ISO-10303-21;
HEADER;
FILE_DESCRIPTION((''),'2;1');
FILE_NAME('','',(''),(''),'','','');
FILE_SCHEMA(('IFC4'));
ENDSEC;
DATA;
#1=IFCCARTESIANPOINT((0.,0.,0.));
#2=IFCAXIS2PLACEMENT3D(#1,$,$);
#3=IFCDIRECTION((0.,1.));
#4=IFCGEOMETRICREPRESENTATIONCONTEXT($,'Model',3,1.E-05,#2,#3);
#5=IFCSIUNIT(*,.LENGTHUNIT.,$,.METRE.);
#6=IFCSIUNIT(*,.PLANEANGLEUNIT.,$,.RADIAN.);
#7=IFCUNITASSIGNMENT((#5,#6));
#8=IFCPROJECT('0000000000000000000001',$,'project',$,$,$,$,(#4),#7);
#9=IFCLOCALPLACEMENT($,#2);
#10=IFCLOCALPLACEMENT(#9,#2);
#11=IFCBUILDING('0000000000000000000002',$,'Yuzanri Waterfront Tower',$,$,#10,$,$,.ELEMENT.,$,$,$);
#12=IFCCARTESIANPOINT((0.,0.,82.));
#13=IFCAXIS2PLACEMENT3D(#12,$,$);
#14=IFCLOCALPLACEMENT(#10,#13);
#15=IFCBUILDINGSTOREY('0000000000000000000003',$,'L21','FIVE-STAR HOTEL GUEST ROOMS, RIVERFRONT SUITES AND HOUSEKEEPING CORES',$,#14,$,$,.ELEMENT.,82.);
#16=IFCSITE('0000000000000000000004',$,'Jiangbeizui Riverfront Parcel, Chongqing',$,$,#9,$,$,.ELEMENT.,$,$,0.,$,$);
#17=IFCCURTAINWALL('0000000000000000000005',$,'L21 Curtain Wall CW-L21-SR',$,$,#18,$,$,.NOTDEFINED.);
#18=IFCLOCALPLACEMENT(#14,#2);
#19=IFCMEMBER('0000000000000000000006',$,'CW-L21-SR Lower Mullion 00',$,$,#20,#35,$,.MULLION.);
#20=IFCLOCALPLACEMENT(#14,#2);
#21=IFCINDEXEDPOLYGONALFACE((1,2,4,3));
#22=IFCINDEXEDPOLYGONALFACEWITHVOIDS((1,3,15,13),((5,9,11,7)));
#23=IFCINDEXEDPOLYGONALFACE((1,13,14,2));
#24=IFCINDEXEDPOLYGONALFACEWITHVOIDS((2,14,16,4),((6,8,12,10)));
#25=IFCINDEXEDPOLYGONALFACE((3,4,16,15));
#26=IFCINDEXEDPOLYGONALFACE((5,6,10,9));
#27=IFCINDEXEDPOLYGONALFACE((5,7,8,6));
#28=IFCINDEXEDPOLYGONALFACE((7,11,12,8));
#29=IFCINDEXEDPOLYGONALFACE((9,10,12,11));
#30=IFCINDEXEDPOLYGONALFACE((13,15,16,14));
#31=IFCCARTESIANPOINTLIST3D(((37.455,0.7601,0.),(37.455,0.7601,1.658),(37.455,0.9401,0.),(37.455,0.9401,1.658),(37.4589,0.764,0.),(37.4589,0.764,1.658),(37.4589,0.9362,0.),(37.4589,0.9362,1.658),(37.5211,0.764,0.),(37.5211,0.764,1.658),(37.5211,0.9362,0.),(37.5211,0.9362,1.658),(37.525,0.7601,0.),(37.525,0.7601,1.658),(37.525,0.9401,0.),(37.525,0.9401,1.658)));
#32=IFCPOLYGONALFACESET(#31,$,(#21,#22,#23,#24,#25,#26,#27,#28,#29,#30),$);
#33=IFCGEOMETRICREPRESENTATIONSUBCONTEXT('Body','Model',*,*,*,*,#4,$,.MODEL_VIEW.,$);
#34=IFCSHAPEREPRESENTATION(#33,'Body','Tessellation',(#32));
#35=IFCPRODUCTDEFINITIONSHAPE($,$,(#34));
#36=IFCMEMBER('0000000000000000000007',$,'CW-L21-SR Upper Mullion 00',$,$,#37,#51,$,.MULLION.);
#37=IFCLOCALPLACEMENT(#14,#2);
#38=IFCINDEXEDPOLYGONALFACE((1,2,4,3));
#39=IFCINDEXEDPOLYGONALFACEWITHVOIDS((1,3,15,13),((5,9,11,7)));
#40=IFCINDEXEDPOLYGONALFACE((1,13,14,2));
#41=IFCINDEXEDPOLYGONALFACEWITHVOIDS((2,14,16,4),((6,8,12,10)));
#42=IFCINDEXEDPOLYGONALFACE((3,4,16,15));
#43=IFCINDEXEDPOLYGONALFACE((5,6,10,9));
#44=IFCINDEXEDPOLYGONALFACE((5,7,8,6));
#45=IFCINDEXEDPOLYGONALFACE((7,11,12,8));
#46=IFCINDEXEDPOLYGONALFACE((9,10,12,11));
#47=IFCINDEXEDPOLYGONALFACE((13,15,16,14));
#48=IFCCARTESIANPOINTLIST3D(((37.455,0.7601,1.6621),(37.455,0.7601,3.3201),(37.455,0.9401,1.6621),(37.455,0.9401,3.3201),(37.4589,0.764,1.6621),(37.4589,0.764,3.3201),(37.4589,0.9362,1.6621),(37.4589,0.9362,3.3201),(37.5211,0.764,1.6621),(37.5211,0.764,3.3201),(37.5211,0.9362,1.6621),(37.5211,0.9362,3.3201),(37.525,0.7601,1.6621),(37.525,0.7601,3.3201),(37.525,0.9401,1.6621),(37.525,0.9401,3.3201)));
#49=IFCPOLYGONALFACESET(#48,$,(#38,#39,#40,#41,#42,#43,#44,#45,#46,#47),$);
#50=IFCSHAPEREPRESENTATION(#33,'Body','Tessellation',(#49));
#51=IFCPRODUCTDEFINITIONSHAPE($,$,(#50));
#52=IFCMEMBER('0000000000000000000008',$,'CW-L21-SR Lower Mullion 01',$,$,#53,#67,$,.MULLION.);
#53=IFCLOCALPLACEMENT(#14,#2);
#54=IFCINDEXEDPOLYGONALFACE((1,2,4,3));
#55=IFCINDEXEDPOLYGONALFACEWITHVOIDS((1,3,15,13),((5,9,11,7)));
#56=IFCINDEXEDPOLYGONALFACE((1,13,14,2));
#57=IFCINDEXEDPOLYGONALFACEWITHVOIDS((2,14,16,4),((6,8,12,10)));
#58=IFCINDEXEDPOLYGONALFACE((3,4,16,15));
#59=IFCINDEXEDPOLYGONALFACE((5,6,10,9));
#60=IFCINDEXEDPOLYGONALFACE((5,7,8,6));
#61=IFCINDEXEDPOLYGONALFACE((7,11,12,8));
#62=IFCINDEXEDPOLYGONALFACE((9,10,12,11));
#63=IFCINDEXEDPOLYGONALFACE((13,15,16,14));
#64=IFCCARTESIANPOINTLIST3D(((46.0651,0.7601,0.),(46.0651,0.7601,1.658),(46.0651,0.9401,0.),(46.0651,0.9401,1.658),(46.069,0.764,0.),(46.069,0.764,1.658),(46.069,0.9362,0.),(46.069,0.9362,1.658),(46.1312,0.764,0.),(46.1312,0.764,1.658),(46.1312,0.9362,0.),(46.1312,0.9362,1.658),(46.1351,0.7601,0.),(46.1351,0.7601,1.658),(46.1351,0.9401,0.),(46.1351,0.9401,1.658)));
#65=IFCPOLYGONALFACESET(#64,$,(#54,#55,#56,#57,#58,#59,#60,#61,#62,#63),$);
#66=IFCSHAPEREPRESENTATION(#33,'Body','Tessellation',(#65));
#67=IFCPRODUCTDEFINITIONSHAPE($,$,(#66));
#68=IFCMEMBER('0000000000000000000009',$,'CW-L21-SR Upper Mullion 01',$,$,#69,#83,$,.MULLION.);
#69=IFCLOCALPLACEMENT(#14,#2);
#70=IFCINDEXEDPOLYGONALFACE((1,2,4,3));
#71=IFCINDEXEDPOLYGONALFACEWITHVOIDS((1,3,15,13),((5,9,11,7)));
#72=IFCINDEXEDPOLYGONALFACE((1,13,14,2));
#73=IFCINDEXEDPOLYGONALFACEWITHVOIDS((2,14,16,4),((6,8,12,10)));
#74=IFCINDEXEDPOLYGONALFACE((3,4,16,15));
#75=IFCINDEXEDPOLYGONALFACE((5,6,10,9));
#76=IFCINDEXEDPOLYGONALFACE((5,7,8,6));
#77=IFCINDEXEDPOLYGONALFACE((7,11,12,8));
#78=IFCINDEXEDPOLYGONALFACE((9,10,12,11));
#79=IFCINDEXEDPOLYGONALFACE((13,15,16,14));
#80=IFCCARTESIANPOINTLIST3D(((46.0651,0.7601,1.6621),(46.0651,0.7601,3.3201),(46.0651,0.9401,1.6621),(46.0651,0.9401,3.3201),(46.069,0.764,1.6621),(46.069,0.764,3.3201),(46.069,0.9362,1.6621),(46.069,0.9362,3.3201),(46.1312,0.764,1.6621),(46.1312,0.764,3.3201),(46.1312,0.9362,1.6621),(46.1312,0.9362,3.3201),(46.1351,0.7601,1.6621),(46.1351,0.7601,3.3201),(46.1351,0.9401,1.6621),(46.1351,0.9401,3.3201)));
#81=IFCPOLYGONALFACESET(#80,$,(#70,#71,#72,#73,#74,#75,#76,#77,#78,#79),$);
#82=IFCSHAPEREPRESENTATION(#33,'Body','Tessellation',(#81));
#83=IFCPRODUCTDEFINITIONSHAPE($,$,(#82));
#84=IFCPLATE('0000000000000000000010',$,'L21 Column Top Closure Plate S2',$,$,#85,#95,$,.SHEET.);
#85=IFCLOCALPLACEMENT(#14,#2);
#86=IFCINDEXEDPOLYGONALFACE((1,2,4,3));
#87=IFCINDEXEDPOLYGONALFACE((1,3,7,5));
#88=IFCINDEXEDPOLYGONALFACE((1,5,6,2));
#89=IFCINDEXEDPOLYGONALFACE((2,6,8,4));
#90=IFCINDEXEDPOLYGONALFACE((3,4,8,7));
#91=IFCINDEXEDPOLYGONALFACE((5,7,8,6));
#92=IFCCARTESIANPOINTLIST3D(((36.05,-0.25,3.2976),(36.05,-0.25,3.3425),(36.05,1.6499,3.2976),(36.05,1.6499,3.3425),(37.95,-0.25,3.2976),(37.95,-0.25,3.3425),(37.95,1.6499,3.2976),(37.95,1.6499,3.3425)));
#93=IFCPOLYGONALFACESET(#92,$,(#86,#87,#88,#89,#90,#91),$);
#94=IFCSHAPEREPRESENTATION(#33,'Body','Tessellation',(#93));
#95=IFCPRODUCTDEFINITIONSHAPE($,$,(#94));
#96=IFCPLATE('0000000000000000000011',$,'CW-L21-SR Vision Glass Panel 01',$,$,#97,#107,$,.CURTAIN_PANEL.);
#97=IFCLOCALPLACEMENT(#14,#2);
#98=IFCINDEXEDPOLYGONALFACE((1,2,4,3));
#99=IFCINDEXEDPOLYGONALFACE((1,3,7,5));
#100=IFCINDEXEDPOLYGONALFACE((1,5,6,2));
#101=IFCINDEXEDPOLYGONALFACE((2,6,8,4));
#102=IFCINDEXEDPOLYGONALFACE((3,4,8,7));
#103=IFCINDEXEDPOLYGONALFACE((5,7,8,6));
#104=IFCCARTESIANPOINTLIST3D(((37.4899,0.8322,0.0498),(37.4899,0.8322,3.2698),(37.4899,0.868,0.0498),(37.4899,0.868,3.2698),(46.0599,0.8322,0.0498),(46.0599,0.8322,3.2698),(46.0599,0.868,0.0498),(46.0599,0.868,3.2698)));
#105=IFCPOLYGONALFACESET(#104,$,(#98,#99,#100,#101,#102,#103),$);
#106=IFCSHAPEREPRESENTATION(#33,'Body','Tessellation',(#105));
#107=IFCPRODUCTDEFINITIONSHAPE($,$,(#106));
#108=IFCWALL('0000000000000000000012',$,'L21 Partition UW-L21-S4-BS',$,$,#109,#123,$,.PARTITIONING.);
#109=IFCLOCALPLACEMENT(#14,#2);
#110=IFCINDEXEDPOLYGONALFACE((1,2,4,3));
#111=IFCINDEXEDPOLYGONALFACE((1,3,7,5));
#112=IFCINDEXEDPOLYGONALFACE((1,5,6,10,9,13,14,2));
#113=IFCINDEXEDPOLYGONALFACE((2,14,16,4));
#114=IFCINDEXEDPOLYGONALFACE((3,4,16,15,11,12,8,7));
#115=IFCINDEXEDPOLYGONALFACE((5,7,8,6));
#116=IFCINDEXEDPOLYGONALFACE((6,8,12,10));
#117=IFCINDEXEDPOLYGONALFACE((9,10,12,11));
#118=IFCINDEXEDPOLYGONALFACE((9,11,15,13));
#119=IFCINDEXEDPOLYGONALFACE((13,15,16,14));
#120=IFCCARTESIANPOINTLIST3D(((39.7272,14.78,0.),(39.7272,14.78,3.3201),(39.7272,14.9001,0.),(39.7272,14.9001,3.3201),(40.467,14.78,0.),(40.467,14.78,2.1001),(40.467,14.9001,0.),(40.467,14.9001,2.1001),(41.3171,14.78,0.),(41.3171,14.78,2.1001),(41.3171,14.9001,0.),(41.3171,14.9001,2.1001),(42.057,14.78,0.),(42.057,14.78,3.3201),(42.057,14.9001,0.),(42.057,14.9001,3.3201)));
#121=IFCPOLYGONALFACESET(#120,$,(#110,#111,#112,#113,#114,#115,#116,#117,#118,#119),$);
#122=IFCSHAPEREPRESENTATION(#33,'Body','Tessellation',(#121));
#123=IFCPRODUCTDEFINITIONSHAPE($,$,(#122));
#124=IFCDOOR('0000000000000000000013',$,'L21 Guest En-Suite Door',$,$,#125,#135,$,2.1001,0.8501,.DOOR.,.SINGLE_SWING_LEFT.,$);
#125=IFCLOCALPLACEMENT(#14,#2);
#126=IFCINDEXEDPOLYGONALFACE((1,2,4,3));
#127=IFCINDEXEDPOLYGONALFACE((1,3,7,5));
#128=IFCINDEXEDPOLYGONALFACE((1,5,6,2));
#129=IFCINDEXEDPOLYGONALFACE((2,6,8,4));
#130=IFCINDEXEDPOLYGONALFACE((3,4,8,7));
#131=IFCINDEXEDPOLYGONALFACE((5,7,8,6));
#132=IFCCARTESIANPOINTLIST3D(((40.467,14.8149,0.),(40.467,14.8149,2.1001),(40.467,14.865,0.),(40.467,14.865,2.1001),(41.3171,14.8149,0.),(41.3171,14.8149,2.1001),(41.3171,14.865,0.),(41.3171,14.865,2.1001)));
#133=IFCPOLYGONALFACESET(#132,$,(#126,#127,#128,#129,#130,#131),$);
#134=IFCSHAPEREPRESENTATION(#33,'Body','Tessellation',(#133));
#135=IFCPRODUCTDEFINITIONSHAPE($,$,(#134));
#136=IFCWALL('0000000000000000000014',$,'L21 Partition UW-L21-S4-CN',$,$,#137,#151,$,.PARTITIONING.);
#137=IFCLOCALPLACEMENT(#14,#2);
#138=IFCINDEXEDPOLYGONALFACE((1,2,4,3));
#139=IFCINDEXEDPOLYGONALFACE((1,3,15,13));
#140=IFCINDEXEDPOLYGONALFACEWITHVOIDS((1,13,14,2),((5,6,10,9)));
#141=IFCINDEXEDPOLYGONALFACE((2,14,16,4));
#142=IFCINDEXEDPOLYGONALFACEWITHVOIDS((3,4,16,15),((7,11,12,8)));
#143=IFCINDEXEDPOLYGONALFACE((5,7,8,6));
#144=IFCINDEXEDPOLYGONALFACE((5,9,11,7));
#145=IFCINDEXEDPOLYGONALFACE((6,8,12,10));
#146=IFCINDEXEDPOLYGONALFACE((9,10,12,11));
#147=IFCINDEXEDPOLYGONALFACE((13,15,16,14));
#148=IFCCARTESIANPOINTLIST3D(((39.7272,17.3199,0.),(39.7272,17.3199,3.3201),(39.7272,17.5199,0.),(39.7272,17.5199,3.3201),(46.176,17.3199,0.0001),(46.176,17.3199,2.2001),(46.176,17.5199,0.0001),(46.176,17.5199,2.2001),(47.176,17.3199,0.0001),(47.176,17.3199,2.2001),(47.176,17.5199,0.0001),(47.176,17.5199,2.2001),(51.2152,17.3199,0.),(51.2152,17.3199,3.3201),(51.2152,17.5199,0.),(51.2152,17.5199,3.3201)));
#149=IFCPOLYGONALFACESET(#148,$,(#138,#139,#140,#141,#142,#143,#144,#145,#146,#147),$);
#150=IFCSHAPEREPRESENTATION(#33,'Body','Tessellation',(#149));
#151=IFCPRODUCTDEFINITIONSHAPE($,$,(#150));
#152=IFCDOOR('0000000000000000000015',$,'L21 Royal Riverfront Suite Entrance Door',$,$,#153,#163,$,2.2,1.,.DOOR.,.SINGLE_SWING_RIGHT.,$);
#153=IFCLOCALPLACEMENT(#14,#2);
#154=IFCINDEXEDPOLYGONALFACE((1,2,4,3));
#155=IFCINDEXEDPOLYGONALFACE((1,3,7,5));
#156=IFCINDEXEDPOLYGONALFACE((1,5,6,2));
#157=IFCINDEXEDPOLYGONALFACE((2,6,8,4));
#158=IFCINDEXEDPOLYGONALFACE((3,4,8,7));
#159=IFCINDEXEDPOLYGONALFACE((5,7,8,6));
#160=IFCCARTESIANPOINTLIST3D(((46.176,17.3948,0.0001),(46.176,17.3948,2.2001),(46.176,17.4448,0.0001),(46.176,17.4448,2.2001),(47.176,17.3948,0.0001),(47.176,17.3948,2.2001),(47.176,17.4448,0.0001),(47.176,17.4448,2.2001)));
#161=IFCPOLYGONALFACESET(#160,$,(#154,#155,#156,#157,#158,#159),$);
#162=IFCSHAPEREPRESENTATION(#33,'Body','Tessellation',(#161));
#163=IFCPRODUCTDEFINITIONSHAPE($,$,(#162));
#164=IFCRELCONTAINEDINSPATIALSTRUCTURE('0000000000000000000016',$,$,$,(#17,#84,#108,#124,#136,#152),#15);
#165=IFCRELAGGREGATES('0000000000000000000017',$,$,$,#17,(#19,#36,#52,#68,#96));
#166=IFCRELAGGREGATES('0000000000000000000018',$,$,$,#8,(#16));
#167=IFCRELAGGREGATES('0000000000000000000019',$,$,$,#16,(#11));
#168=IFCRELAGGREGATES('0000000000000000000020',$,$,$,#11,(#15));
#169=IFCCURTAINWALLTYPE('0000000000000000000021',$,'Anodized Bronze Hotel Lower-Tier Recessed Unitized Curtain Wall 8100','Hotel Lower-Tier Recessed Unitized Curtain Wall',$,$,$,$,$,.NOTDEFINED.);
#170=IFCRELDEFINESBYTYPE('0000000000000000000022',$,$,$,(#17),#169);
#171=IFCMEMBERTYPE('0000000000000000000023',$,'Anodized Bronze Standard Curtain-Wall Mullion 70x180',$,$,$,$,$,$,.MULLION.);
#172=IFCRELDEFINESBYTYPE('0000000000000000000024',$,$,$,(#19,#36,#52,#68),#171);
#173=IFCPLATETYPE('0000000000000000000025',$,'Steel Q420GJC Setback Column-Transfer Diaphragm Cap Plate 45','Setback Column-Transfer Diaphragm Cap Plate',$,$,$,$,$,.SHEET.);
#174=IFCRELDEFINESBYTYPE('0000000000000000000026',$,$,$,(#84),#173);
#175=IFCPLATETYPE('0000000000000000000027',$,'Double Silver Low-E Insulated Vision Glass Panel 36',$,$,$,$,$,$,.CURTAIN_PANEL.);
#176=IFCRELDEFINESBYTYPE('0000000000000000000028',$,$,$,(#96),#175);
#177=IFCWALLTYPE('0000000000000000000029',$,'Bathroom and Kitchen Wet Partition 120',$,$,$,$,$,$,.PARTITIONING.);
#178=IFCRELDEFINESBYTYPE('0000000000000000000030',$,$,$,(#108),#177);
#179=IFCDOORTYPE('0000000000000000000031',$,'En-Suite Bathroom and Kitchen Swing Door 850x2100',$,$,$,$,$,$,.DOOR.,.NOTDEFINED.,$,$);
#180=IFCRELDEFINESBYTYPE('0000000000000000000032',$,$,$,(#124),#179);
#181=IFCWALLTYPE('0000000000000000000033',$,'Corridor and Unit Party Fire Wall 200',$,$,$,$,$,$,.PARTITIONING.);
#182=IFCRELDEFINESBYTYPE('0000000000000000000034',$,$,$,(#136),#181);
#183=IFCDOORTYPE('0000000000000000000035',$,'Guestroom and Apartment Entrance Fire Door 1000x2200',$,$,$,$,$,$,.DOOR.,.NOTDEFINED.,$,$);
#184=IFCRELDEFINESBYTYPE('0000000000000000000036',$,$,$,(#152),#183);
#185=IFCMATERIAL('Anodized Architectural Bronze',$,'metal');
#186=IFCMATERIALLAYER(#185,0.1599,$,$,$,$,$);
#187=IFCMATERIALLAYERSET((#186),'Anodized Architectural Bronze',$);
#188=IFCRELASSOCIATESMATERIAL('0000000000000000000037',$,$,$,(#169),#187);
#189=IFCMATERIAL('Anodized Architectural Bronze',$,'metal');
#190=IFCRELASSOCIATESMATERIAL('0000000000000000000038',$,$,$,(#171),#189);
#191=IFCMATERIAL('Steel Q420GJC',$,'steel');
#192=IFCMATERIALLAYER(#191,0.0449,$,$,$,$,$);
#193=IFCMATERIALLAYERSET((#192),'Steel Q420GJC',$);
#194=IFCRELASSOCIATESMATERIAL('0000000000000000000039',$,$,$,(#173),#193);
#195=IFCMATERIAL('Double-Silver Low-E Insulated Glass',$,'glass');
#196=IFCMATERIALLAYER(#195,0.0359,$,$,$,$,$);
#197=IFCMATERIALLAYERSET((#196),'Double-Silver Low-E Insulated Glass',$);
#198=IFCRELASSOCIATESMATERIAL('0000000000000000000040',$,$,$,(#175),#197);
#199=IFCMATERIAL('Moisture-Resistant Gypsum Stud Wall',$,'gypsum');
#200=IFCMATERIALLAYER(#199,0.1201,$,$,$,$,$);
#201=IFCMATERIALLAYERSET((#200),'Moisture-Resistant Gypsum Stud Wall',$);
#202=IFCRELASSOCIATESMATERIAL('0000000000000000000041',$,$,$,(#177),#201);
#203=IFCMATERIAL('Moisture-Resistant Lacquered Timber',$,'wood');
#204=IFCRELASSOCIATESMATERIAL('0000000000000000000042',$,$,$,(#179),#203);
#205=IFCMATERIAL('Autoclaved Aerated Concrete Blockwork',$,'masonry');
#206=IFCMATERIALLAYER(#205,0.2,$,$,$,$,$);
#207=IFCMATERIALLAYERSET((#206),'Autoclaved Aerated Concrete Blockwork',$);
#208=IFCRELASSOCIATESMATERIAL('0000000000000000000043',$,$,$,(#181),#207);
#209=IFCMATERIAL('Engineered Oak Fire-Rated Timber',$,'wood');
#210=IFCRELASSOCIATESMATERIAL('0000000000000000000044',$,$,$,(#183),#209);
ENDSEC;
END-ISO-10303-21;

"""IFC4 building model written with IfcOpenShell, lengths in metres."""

from ifc_helpers import new_model, si_unit, direction, frame, frame_2d, origin, origin_2d, place, context, subcontext, project, spatial, rectangle, hollow_rectangle, extrude, source, transform, mapped, material, layer, layer_set, material_profile, profile_set, type_object, element, fill, aggregate, save


model = new_model("IFC4")

# Units and contexts
model_context = context("Model", 3, precision=1e-05, world=origin(), true_north=direction((0.0, 1.0)))
body_context = subcontext(model_context, "Body", "Model", "MODEL_VIEW")
ifc_project = project(units=[si_unit("LENGTHUNIT", "METRE"), si_unit("PLANEANGLEUNIT", "RADIAN")], contexts=[model_context])

# Site, building, storey
site_placement = place(None, origin())
site = spatial("IfcSite", under=ifc_project, at=site_placement, Name="Jiangbeizui Riverfront Parcel, Chongqing", CompositionType="ELEMENT", RefElevation=0.0)
building_placement = place(site_placement, origin())
building = spatial("IfcBuilding", under=site, at=building_placement, Name="Yuzanri Waterfront Tower", CompositionType="ELEMENT")
storey_placement = place(building_placement, frame((0.0, 0.0, 82.0)))
storey = spatial("IfcBuildingStorey", under=building, at=storey_placement, Name="L21", Description="FIVE-STAR HOTEL GUEST ROOMS, RIVERFRONT SUITES AND HOUSEKEEPING CORES", CompositionType="ELEMENT", Elevation=82.0)

# Curtain wall, members
ifc_material_1 = material(Name="Anodized Architectural Bronze", Category="metal")
ifc_layer_1 = layer(ifc_material_1, 0.1599)
ifc_layer_set_1 = layer_set([ifc_layer_1], Name="Anodized Architectural Bronze")
curtain_wall_type = type_object("IfcCurtainWallType", Name="Anodized Bronze Hotel Lower-Tier Recessed Unitized Curtain Wall 8100", Description="Hotel Lower-Tier Recessed Unitized Curtain Wall", PredefinedType="NOTDEFINED", material=ifc_layer_set_1)
curtain_wall_placement = place(storey_placement, origin())
curtain_wall = element("IfcCurtainWall", 1, at=curtain_wall_placement, inside=storey, type_object=curtain_wall_type, Name="L21 Curtain Wall CW-L21-SR", PredefinedType="NOTDEFINED")
ifc_material_2 = material(Name="Anodized Architectural Bronze", Category="metal")
ifc_material_profile_1 = material_profile(ifc_material_2, hollow_rectangle(XDim=0.0701, YDim=0.1799, WallThickness=0.0039, at=origin_2d()), Name="CWM 70x180")
ifc_profile_set_1 = profile_set([ifc_material_profile_1], Name="Anodized Architectural Bronze")
member_type_1 = type_object("IfcMemberType", Name="Anodized Bronze Standard Curtain-Wall Mullion 70x180", PredefinedType="MULLION", material=ifc_profile_set_1)
shared_shape_1 = source(origin(), body_context, "Body", "SweptSolid", [
    extrude(hollow_rectangle(XDim=0.0701, YDim=0.1799, WallThickness=0.0039, at=origin_2d()), origin(), (0.0, 0.0, 1.0), 1.658),
])
member_1_placement = place(storey_placement, frame((37.49, 0.8501, 0.0), z_axis=(0.0, 0.0, 1.0), x_axis=(1.0, 0.0, 0.0)))
member_1 = element("IfcMember", 2, at=member_1_placement, type_object=member_type_1, Name="CW-L21-SR Lower Mullion 00", PredefinedType="MULLION", context=body_context, shape_type="MappedRepresentation", body=[
    mapped(shared_shape_1, transform((0.0, 0.0, 0.0), scale=1.0)),
])
member_2_placement = place(storey_placement, frame((37.49, 0.8501, 1.6621), z_axis=(0.0, 0.0, 1.0), x_axis=(1.0, 0.0, 0.0)))
member_2 = element("IfcMember", 3, at=member_2_placement, type_object=member_type_1, Name="CW-L21-SR Upper Mullion 00", PredefinedType="MULLION", context=body_context, shape_type="MappedRepresentation", body=[
    mapped(shared_shape_1, transform((0.0, 0.0, 0.0), scale=1.0)),
])
member_3_placement = place(storey_placement, frame((46.1001, 0.8501, 0.0), z_axis=(0.0, 0.0, 1.0), x_axis=(1.0, 0.0, 0.0)))
member_3 = element("IfcMember", 4, at=member_3_placement, type_object=member_type_1, Name="CW-L21-SR Lower Mullion 01", PredefinedType="MULLION", context=body_context, shape_type="MappedRepresentation", body=[
    mapped(shared_shape_1, transform((0.0, 0.0, 0.0), scale=1.0)),
])
member_4_placement = place(storey_placement, frame((46.1001, 0.8501, 1.6621), z_axis=(0.0, 0.0, 1.0), x_axis=(1.0, 0.0, 0.0)))
member_4 = element("IfcMember", 5, at=member_4_placement, type_object=member_type_1, Name="CW-L21-SR Upper Mullion 01", PredefinedType="MULLION", context=body_context, shape_type="MappedRepresentation", body=[
    mapped(shared_shape_1, transform((0.0, 0.0, 0.0), scale=1.0)),
])

# Plates
ifc_material_3 = material(Name="Steel Q420GJC", Category="steel")
ifc_layer_2 = layer(ifc_material_3, 0.0449)
ifc_layer_set_2 = layer_set([ifc_layer_2], Name="Steel Q420GJC")
plate_type_1 = type_object("IfcPlateType", Name="Steel Q420GJC Setback Column-Transfer Diaphragm Cap Plate 45", Description="Setback Column-Transfer Diaphragm Cap Plate", PredefinedType="SHEET", material=ifc_layer_set_2)
shared_shape_2 = source(origin(), body_context, "Body", "SweptSolid", [
    extrude(rectangle(XDim=1.8999, YDim=1.8999, at=origin_2d()), origin(), (0.0, 0.0, 1.0), 0.0449),
])
plate_1_placement = place(storey_placement, frame((37.0, 0.7, 3.2976), z_axis=(0.0, 0.0, 1.0), x_axis=(1.0, 0.0, 0.0)))
element("IfcPlate", 6, at=plate_1_placement, inside=storey, type_object=plate_type_1, Name="L21 Column Top Closure Plate S2", PredefinedType="SHEET", context=body_context, shape_type="MappedRepresentation", body=[
    mapped(shared_shape_2, transform((0.0, 0.0, 0.0), scale=1.0)),
])
ifc_material_4 = material(Name="Double-Silver Low-E Insulated Glass", Category="glass")
ifc_layer_3 = layer(ifc_material_4, 0.0359)
ifc_layer_set_3 = layer_set([ifc_layer_3], Name="Double-Silver Low-E Insulated Glass")
plate_type_2 = type_object("IfcPlateType", Name="Double Silver Low-E Insulated Vision Glass Panel 36", PredefinedType="CURTAIN_PANEL", material=ifc_layer_set_3)
shared_shape_3 = source(origin(), body_context, "Body", "SweptSolid", [
    extrude(rectangle(XDim=8.5701, YDim=0.0359, at=origin_2d()), origin(), (0.0, 0.0, 1.0), 3.22),
])
plate_2_placement = place(storey_placement, frame((41.7749, 0.8501, 0.0498), z_axis=(0.0, 0.0, 1.0), x_axis=(1.0, 0.0, 0.0)))
plate_2 = element("IfcPlate", 7, at=plate_2_placement, type_object=plate_type_2, Name="CW-L21-SR Vision Glass Panel 01", PredefinedType="CURTAIN_PANEL", context=body_context, shape_type="MappedRepresentation", body=[
    mapped(shared_shape_3, transform((0.0, 0.0, 0.0), scale=1.0)),
])
aggregate(curtain_wall, [member_1, member_2, member_3, member_4, plate_2])

# Walls, openings, doors
ifc_material_5 = material(Name="Moisture-Resistant Gypsum Stud Wall", Category="gypsum")
ifc_layer_4 = layer(ifc_material_5, 0.1201)
ifc_layer_set_4 = layer_set([ifc_layer_4], Name="Moisture-Resistant Gypsum Stud Wall")
wall_type_1 = type_object("IfcWallType", Name="Bathroom and Kitchen Wet Partition 120", PredefinedType="PARTITIONING", material=ifc_layer_set_4)
wall_1_placement = place(storey_placement, frame((39.7271, 14.8401, 0.0), z_axis=(0.0, 0.0, 1.0), x_axis=(1.0, 0.0, 0.0)))
wall_1 = element("IfcWall", 8, at=wall_1_placement, inside=storey, type_object=wall_type_1, Name="L21 Partition UW-L21-S4-BS", PredefinedType="PARTITIONING", context=body_context, shape_type="SweptSolid", body=[
    extrude(rectangle(XDim=2.3298, YDim=0.1201, at=frame_2d((1.165, 0.0))), origin(), (0.0, 0.0, 1.0), 3.3201),
])
opening_1_placement = place(wall_1_placement, frame((0.74, 0.0, 0.0)))
opening_1 = element("IfcOpeningElement", 9, at=opening_1_placement, cuts=wall_1, PredefinedType="OPENING", context=body_context, shape_type="SweptSolid", body=[
    extrude(rectangle(XDim=0.8501, YDim=2.1001, at=frame_2d((0.425, 1.05))), frame((0.0, 0.075, 0.0), z_axis=(0.0, -1.0, 0.0), x_axis=(1.0, 0.0, 0.0)), (0.0, 0.0, 1.0), 0.1499),
])
ifc_material_6 = material(Name="Moisture-Resistant Lacquered Timber", Category="wood")
door_type_1 = type_object("IfcDoorType", Name="En-Suite Bathroom and Kitchen Swing Door 850x2100", OperationType="NOTDEFINED", PredefinedType="DOOR", material=ifc_material_6)
shared_shape_4 = source(origin(), body_context, "Body", "SweptSolid", [
    extrude(rectangle(XDim=0.8501, YDim=2.1001, at=frame_2d((0.425, 1.05))), frame((0.0, 0.0249, 0.0), z_axis=(0.0, -1.0, 0.0), x_axis=(1.0, 0.0, 0.0)), (0.0, 0.0, 1.0), 0.05),
])
door_1_placement = place(opening_1_placement, origin())
door_1 = element("IfcDoor", 10, at=door_1_placement, inside=storey, type_object=door_type_1, Name="L21 Guest En-Suite Door", OperationType="SINGLE_SWING_LEFT", OverallHeight=2.1001, OverallWidth=0.8501, PredefinedType="DOOR", context=body_context, shape_type="MappedRepresentation", body=[
    mapped(shared_shape_4, transform((0.0, 0.0, 0.0), scale=1.0)),
])
fill(opening_1, door_1)
ifc_material_7 = material(Name="Autoclaved Aerated Concrete Blockwork", Category="masonry")
ifc_layer_5 = layer(ifc_material_7, 0.2)
ifc_layer_set_5 = layer_set([ifc_layer_5], Name="Autoclaved Aerated Concrete Blockwork")
wall_type_2 = type_object("IfcWallType", Name="Corridor and Unit Party Fire Wall 200", PredefinedType="PARTITIONING", material=ifc_layer_set_5)
wall_2_placement = place(storey_placement, frame((39.7271, 17.4199, 0.0), z_axis=(0.0, 0.0, 1.0), x_axis=(1.0, 0.0, 0.0)))
wall_2 = element("IfcWall", 11, at=wall_2_placement, inside=storey, type_object=wall_type_2, Name="L21 Partition UW-L21-S4-CN", PredefinedType="PARTITIONING", context=body_context, shape_type="SweptSolid", body=[
    extrude(rectangle(XDim=11.488, YDim=0.2, at=frame_2d((5.7441, 0.0))), origin(), (0.0, 0.0, 1.0), 3.3201),
])
opening_2_placement = place(wall_2_placement, frame((6.449, 0.0, 0.0)))
opening_2 = element("IfcOpeningElement", 12, at=opening_2_placement, cuts=wall_2, PredefinedType="OPENING", context=body_context, shape_type="SweptSolid", body=[
    extrude(rectangle(XDim=1.0, YDim=2.2, at=frame_2d((0.5, 1.1001))), frame((0.0, 0.1147, 0.0), z_axis=(0.0, -1.0, 0.0), x_axis=(1.0, 0.0, 0.0)), (0.0, 0.0, 1.0), 0.2297),
])
ifc_material_8 = material(Name="Engineered Oak Fire-Rated Timber", Category="wood")
door_type_2 = type_object("IfcDoorType", Name="Guestroom and Apartment Entrance Fire Door 1000x2200", OperationType="NOTDEFINED", PredefinedType="DOOR", material=ifc_material_8)
shared_shape_5 = source(origin(), body_context, "Body", "SweptSolid", [
    extrude(rectangle(XDim=1.0, YDim=2.2, at=frame_2d((0.5, 1.1001))), frame((0.0, 0.0249, 0.0), z_axis=(0.0, -1.0, 0.0), x_axis=(1.0, 0.0, 0.0)), (0.0, 0.0, 1.0), 0.05),
])
door_2_placement = place(opening_2_placement, origin())
door_2 = element("IfcDoor", 13, at=door_2_placement, inside=storey, type_object=door_type_2, Name="L21 Royal Riverfront Suite Entrance Door", OperationType="SINGLE_SWING_RIGHT", OverallHeight=2.2, OverallWidth=1.0, PredefinedType="DOOR", context=body_context, shape_type="MappedRepresentation", body=[
    mapped(shared_shape_5, transform((0.0, 0.0, 0.0), scale=1.0)),
])
fill(opening_2, door_2)

save(model, "model.ifc")
